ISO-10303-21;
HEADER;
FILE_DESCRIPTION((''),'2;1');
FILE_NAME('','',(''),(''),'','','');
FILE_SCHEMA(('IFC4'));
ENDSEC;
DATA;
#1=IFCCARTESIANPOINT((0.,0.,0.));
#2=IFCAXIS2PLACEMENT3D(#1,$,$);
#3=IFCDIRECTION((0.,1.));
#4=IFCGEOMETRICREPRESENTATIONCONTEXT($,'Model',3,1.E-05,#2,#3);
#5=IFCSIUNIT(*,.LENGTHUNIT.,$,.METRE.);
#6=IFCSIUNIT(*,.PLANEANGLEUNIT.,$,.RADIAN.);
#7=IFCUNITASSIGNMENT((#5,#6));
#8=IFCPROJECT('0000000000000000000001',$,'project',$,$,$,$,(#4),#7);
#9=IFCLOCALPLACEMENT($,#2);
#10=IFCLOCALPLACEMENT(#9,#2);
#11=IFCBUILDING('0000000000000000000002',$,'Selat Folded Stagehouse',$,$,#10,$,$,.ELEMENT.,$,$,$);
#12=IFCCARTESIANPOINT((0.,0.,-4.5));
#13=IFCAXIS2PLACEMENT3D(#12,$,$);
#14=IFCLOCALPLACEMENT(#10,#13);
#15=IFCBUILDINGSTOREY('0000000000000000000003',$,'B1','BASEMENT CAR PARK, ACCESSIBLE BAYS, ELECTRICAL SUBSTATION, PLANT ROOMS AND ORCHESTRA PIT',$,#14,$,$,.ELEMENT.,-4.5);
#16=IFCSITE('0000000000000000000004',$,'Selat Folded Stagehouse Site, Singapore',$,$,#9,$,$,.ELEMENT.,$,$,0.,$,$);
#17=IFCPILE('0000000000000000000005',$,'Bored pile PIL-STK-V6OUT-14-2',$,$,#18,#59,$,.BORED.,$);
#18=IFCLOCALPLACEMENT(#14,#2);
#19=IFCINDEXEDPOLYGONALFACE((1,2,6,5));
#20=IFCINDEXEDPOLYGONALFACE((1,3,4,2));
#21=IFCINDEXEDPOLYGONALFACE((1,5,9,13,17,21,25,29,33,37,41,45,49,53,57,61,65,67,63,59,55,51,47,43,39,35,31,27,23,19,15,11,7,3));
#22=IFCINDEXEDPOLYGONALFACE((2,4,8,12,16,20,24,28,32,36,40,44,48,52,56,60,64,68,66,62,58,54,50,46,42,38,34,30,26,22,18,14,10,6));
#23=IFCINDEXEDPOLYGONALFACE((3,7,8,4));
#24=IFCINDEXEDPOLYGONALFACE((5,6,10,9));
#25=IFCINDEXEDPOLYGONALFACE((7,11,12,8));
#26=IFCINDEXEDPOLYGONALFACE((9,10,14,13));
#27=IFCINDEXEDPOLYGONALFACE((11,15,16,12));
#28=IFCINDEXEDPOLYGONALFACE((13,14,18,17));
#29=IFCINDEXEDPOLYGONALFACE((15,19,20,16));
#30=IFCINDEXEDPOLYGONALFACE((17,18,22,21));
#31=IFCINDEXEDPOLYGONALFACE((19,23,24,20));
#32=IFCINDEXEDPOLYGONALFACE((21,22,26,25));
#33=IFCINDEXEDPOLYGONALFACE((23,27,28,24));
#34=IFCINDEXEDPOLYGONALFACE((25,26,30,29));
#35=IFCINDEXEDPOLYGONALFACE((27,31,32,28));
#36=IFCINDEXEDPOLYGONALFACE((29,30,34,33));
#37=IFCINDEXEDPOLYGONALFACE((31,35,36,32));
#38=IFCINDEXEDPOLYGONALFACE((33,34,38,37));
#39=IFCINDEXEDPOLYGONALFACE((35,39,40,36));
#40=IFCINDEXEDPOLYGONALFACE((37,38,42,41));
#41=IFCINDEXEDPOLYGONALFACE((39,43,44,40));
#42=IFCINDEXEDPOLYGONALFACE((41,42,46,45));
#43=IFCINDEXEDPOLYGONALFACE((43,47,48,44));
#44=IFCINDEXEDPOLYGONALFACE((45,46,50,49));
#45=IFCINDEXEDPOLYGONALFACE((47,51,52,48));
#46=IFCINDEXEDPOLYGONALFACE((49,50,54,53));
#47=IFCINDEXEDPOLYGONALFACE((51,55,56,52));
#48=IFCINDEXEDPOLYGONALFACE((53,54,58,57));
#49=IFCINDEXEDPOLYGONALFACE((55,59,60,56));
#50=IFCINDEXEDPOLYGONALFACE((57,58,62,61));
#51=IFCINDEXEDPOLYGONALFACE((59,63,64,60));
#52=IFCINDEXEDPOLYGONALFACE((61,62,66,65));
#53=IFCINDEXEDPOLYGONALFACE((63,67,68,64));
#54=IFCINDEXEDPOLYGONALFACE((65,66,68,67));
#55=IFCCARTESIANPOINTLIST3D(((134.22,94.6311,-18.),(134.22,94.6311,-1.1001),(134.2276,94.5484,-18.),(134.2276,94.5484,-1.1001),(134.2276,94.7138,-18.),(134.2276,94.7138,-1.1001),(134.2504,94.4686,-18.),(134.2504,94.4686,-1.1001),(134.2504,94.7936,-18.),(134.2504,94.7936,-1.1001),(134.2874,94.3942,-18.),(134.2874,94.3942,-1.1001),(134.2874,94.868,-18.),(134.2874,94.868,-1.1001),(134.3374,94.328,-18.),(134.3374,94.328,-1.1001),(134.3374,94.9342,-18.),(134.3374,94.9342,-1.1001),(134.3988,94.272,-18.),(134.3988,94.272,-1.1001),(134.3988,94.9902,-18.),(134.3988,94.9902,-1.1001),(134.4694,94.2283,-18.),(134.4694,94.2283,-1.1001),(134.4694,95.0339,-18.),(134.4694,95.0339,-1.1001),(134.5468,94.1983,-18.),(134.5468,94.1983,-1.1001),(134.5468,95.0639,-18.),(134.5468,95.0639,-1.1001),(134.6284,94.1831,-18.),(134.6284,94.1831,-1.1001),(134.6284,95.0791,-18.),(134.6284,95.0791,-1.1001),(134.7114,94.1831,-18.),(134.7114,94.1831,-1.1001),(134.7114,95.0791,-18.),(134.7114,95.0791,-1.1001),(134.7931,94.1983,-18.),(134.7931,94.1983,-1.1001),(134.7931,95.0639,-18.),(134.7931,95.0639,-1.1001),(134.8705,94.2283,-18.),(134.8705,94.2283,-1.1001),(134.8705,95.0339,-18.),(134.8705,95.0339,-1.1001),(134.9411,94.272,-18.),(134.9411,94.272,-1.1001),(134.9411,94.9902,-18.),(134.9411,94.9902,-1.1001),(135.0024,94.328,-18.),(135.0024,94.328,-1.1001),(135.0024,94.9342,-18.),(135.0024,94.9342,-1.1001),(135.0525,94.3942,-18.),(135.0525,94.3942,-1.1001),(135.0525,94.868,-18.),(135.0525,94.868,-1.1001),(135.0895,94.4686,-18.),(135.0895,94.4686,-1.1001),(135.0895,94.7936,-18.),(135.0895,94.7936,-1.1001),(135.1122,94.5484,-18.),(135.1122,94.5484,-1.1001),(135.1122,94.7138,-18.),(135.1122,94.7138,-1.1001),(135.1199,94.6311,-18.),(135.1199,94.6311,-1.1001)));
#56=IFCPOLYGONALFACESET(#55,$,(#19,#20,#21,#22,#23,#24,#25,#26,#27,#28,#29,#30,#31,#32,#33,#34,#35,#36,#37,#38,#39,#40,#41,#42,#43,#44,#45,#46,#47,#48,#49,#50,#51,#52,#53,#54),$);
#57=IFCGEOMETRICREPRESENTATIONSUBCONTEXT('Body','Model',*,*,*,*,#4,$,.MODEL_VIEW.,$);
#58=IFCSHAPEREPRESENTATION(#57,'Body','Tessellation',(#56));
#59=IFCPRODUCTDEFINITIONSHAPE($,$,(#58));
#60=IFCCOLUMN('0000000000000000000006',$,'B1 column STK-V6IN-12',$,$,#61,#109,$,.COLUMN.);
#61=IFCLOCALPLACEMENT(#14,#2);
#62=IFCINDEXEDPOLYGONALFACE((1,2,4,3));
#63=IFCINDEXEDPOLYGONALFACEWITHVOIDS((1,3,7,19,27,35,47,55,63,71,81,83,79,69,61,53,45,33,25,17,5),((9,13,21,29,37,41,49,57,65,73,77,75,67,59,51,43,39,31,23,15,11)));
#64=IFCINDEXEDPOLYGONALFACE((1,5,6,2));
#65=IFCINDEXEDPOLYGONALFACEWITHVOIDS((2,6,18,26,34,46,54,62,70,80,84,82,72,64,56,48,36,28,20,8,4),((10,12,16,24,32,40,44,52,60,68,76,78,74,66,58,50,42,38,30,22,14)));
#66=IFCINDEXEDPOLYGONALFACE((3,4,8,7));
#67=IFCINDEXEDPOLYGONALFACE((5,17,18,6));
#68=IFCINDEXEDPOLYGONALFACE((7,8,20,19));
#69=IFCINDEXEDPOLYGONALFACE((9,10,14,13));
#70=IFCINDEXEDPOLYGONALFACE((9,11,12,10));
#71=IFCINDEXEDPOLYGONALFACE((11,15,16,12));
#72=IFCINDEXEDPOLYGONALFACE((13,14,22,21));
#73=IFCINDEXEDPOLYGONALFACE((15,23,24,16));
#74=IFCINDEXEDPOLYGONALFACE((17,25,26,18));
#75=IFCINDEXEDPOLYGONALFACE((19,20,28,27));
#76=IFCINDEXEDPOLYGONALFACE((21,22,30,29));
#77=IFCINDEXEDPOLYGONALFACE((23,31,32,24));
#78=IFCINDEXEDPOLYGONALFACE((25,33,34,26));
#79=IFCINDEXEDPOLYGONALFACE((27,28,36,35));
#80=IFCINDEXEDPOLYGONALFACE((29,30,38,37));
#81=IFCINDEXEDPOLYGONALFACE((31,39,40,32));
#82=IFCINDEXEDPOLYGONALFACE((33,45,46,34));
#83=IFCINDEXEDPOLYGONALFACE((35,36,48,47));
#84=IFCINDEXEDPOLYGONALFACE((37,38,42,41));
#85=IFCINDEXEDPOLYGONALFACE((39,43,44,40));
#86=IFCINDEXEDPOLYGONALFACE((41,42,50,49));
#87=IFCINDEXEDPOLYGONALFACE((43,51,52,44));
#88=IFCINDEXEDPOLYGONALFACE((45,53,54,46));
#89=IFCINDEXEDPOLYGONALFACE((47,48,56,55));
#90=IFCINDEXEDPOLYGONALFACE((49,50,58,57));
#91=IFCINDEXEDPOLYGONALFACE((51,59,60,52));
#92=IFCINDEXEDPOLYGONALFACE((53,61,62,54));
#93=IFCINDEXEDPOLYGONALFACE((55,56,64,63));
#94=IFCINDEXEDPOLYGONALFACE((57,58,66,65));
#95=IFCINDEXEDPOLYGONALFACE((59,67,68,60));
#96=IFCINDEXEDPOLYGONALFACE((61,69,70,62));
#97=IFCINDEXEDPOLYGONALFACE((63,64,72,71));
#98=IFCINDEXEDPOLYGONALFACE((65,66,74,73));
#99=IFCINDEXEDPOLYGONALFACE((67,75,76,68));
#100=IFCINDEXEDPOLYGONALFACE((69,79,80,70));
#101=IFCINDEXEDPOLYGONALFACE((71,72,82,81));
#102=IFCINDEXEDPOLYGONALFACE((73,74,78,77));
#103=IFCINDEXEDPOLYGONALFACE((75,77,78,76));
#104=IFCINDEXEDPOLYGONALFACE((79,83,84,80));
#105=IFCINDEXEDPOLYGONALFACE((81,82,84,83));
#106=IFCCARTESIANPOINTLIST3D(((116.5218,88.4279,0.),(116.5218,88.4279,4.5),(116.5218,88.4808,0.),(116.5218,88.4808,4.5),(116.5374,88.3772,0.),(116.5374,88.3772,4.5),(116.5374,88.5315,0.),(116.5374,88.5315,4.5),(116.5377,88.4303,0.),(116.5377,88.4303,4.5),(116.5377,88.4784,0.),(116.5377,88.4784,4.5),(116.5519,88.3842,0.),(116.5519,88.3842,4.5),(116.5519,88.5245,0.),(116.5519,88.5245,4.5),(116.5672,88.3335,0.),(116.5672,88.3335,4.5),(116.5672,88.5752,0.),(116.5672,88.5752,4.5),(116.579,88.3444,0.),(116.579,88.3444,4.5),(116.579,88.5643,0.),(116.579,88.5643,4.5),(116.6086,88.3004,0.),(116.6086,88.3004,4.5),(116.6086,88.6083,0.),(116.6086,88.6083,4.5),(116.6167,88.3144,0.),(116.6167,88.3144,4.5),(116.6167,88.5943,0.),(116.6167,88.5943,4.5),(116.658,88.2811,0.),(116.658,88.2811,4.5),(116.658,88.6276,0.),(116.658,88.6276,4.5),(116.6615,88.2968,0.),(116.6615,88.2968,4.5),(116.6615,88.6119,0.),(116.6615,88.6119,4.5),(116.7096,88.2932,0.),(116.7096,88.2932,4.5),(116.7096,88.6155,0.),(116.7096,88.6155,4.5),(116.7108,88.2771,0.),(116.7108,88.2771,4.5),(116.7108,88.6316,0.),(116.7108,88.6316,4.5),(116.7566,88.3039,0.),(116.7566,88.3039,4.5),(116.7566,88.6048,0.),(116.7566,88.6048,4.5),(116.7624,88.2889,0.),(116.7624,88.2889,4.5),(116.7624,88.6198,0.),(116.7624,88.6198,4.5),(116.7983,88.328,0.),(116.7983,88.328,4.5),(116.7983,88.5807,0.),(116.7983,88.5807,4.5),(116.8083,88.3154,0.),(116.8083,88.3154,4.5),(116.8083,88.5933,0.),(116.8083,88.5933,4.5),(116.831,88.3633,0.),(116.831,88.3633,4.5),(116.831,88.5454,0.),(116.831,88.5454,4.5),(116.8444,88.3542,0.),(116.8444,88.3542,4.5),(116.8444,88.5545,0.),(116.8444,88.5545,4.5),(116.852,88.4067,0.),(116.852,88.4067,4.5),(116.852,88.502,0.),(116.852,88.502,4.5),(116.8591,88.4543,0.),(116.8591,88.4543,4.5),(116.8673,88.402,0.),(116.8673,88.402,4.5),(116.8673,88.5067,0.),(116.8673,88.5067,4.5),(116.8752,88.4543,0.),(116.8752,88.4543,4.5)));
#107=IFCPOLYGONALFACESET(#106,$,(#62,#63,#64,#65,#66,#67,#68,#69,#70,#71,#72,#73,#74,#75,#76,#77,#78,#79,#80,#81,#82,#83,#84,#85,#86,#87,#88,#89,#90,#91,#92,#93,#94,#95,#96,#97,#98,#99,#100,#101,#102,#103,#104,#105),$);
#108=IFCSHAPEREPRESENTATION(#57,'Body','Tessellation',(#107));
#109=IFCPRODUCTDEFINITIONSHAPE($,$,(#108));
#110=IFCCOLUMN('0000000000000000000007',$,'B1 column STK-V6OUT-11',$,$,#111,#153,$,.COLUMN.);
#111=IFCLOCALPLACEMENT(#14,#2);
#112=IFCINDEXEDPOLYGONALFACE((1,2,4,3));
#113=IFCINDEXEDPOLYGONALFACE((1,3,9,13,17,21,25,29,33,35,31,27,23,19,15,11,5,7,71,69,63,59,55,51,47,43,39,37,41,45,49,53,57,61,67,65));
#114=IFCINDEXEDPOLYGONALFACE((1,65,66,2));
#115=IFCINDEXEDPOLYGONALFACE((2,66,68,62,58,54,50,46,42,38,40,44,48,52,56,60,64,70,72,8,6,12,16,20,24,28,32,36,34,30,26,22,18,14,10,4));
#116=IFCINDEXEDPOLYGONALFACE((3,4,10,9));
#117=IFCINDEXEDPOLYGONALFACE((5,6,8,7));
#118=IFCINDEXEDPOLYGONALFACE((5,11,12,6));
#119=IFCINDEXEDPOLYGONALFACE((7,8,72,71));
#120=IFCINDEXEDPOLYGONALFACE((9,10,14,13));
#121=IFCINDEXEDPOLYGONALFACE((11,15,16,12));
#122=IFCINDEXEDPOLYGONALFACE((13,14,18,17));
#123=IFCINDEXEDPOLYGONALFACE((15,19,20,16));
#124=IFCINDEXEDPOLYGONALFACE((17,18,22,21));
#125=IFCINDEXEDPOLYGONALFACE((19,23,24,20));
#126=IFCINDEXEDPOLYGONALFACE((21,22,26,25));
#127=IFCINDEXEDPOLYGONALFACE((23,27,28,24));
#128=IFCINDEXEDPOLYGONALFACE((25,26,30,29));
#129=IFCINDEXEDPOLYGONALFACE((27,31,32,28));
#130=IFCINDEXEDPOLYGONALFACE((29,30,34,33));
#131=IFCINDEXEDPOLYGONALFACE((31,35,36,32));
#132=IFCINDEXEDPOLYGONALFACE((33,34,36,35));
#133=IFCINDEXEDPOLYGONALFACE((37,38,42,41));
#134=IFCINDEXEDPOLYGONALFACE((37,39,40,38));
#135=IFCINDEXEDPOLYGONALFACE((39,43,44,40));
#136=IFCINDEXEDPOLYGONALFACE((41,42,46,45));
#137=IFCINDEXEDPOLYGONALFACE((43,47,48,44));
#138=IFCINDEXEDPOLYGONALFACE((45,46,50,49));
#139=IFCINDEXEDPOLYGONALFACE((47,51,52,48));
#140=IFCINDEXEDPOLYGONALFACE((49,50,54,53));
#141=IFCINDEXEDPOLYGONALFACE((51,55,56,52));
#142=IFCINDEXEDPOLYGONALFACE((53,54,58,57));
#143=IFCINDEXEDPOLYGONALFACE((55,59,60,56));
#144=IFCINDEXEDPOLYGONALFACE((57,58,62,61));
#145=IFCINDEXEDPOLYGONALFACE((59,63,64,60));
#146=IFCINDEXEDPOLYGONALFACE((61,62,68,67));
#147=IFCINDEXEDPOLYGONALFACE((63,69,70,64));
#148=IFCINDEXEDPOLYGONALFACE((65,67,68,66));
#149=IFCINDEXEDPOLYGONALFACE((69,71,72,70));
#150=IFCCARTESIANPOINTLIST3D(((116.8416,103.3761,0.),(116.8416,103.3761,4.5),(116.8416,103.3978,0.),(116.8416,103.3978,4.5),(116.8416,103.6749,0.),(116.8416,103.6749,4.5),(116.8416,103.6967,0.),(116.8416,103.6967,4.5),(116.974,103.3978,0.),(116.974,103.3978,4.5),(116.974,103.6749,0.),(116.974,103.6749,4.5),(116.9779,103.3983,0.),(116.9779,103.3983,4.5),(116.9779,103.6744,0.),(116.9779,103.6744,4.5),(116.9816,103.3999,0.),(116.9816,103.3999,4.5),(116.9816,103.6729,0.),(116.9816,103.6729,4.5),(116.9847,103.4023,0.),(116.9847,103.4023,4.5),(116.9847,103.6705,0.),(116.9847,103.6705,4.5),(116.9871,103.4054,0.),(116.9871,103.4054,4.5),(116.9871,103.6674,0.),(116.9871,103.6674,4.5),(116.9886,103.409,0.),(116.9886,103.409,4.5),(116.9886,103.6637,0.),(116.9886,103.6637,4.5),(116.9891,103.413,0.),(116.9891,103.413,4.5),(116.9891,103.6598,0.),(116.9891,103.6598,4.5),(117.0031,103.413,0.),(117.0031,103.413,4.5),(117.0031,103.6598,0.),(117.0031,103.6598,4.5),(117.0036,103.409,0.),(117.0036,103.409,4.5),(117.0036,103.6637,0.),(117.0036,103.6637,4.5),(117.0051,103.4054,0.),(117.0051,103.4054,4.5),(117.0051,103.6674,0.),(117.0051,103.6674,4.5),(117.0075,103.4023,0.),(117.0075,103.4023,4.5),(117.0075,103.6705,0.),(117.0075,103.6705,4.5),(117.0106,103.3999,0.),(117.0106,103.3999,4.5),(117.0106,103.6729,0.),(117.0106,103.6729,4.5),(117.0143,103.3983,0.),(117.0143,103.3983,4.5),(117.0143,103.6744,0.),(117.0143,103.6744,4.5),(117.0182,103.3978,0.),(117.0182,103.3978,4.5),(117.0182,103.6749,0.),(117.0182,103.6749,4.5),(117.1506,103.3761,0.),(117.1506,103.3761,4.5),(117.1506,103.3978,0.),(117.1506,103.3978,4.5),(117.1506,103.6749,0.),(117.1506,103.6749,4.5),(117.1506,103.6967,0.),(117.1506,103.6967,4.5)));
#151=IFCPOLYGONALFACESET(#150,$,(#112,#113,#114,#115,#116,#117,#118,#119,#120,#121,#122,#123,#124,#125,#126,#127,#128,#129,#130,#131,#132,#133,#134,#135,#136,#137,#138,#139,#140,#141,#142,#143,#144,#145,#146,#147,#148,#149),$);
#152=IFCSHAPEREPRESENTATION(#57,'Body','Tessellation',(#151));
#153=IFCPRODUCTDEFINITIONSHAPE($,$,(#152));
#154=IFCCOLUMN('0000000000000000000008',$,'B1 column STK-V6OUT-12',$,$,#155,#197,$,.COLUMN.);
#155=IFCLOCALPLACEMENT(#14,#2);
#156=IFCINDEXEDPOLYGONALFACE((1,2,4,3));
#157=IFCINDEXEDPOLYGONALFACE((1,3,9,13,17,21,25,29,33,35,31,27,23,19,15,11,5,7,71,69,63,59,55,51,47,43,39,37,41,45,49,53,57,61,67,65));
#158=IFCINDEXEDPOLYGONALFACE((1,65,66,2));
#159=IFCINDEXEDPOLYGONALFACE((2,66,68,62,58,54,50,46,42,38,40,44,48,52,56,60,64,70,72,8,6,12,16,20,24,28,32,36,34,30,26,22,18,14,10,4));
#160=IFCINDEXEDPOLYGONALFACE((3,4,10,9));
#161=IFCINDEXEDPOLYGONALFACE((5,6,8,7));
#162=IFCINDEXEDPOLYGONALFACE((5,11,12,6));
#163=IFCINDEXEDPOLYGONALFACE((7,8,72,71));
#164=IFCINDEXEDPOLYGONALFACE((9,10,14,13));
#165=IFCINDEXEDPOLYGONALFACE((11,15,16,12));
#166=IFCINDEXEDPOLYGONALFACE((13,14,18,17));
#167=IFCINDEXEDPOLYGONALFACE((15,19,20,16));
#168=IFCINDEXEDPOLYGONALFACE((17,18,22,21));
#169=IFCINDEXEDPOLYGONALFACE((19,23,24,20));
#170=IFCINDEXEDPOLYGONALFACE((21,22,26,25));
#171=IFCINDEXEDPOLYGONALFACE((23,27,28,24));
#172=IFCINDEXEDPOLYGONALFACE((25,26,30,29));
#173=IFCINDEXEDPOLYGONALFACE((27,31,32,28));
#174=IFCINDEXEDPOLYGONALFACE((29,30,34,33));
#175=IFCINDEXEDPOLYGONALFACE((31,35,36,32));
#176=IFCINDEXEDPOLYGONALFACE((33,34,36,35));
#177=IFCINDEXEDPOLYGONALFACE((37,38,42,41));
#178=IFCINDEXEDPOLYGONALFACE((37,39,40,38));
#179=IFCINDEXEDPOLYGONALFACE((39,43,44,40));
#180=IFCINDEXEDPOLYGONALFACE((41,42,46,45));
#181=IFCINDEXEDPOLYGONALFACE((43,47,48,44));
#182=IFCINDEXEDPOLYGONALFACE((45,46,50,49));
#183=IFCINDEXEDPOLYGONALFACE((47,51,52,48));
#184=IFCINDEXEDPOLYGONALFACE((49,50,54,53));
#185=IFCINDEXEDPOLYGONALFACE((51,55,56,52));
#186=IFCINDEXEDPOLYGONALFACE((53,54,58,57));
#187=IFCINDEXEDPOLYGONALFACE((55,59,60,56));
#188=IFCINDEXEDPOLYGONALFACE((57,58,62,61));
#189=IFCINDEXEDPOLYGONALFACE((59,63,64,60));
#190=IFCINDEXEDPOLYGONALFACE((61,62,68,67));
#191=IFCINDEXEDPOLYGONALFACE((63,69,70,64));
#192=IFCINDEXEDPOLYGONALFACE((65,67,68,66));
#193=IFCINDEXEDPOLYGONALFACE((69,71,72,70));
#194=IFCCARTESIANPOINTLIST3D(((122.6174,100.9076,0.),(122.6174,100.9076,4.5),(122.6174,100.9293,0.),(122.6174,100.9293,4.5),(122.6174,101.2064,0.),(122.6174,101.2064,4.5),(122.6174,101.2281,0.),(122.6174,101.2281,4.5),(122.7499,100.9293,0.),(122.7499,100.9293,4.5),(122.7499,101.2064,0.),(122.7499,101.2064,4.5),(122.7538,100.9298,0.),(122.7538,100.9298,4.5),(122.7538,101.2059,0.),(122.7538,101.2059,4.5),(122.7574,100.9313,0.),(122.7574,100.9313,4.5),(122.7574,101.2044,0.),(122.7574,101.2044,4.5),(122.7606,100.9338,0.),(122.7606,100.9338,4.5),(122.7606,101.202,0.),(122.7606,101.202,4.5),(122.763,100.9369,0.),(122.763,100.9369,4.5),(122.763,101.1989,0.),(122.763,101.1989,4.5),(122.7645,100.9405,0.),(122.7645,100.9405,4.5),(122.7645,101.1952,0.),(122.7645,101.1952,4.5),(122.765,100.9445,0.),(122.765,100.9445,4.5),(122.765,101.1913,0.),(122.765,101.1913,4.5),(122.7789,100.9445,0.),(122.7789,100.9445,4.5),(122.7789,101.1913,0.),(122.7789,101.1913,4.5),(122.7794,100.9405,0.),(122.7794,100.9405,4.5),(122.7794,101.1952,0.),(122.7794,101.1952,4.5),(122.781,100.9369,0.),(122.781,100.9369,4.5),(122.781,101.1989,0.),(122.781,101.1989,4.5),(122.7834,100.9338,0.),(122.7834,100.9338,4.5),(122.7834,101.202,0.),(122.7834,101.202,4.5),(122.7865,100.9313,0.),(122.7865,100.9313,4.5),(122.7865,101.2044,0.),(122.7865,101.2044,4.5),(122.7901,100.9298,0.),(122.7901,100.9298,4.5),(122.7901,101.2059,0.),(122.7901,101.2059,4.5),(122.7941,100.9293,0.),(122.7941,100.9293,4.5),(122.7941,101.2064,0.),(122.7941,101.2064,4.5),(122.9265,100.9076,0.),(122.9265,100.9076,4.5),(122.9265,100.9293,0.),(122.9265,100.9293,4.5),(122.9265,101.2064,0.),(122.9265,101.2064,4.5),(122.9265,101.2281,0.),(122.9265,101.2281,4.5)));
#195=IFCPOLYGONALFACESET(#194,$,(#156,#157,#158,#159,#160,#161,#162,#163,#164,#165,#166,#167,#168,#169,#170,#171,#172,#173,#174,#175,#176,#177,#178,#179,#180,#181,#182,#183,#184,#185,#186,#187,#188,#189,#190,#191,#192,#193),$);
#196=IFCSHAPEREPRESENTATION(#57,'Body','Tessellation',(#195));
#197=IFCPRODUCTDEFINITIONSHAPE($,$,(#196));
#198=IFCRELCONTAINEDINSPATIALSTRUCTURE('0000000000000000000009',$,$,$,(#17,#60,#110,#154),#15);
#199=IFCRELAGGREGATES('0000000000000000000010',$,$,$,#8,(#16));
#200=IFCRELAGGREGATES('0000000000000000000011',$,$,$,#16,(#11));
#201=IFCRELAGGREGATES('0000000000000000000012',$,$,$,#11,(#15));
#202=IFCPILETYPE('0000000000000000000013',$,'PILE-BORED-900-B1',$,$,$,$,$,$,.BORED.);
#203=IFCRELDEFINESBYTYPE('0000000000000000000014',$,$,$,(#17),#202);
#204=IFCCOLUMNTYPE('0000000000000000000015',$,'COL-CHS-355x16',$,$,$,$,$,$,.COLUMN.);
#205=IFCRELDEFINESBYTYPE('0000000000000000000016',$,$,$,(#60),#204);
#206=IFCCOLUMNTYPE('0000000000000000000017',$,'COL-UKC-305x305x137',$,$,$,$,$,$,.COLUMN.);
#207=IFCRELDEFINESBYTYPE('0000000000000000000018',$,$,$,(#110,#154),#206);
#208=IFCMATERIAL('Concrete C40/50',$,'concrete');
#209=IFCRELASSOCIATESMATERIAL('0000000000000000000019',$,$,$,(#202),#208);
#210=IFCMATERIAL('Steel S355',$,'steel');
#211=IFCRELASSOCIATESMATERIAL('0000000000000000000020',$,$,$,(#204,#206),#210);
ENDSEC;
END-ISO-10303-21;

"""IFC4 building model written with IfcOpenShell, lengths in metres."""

from ifc_helpers import new_model, si_unit, direction, frame, origin, origin_2d, place, context, subcontext, project, spatial, circle, hollow_circle, i_section, extrude, material, material_profile, profile_set, type_object, element, save


model = new_model("IFC4")

# Units and contexts
model_context = context("Model", 3, precision=1e-05, world=origin(), true_north=direction((0.0, 1.0)))
body_context = subcontext(model_context, "Body", "Model", "MODEL_VIEW")
ifc_project = project(units=[si_unit("LENGTHUNIT", "METRE"), si_unit("PLANEANGLEUNIT", "RADIAN")], contexts=[model_context])

# Site, building, storey
site_placement = place(None, origin())
site = spatial("IfcSite", under=ifc_project, at=site_placement, Name="Selat Folded Stagehouse Site, Singapore", CompositionType="ELEMENT", RefElevation=0.0)
building_placement = place(site_placement, origin())
building = spatial("IfcBuilding", under=site, at=building_placement, Name="Selat Folded Stagehouse", CompositionType="ELEMENT")
storey_placement = place(building_placement, frame((0.0, 0.0, -4.5)))
storey = spatial("IfcBuildingStorey", under=building, at=storey_placement, Name="B1", Description="BASEMENT CAR PARK, ACCESSIBLE BAYS, ELECTRICAL SUBSTATION, PLANT ROOMS AND ORCHESTRA PIT", CompositionType="ELEMENT", Elevation=-4.5)

# Shared definitions
ifc_material_1 = material(Name="Concrete C40/50", Category="concrete")

# Pile
ifc_material_profile_1 = material_profile(ifc_material_1, circle(Radius=0.45, at=origin_2d()), Name="PILE D900")
ifc_profile_set_1 = profile_set([ifc_material_profile_1], Name="Concrete C40/50")
pile_type = type_object("IfcPileType", Name="PILE-BORED-900-B1", PredefinedType="BORED", material=ifc_profile_set_1)
for number, where, z_axis, x_axis, name in (
    (1, (134.6699, 94.6311, -1.1001), (0.0, 0.0, -1.0), (1.0, 0.0, 0.0), "Bored pile PIL-STK-V6OUT-14-2"),
):
    element("IfcPile", number, at=place(storey_placement, frame(where, z_axis=z_axis, x_axis=x_axis)), inside=storey, type_object=pile_type, Name=name, PredefinedType="BORED", context=body_context, shape_type="SweptSolid", body=[
        extrude(circle(Radius=0.45, at=origin_2d()), origin(), (0.0, 0.0, 1.0), 16.8999),
    ])

# Columns
ifc_material_2 = material(Name="Steel S355", Category="steel")
ifc_material_profile_2 = material_profile(ifc_material_2, hollow_circle(Radius=0.1777, WallThickness=0.0161, at=origin_2d()), Name="CHS 355.6x16.0")
ifc_profile_set_2 = profile_set([ifc_material_profile_2], Name="Steel S355")
column_type_1 = type_object("IfcColumnType", Name="COL-CHS-355x16", PredefinedType="COLUMN", material=ifc_profile_set_2)
column_placement = place(storey_placement, frame((116.6975, 88.4543, 0.0), z_axis=(0.0, 0.0, 1.0), x_axis=(1.0, 0.0, 0.0)))
element("IfcColumn", 2, at=column_placement, inside=storey, type_object=column_type_1, Name="B1 column STK-V6IN-12", PredefinedType="COLUMN", context=body_context, shape_type="SweptSolid", body=[
    extrude(hollow_circle(Radius=0.1777, WallThickness=0.0161, at=origin_2d()), origin(), (0.0, 0.0, 1.0), 4.5),
])
ifc_material_profile_3 = material_profile(ifc_material_2, i_section(OverallWidth=0.3091, OverallDepth=0.3206, WebThickness=0.0139, FlangeThickness=0.0217, FilletRadius=0.0151, at=origin_2d()), Name="UKC 305x305x137")
ifc_profile_set_3 = profile_set([ifc_material_profile_3], Name="Steel S355")
column_type_2 = type_object("IfcColumnType", Name="COL-UKC-305x305x137", PredefinedType="COLUMN", material=ifc_profile_set_3)
for number, where, z_axis, x_axis, name in (
    (3, (116.9961, 103.5364, 0.0), (0.0, 0.0, 1.0), (1.0, 0.0, 0.0), "B1 column STK-V6OUT-11"),
    (4, (122.772, 101.0679, 0.0), (0.0, 0.0, 1.0), (1.0, 0.0, 0.0), "B1 column STK-V6OUT-12"),
):
    element("IfcColumn", number, at=place(storey_placement, frame(where, z_axis=z_axis, x_axis=x_axis)), inside=storey, type_object=column_type_2, Name=name, PredefinedType="COLUMN", context=body_context, shape_type="SweptSolid", body=[
        extrude(i_section(OverallWidth=0.3091, OverallDepth=0.3206, WebThickness=0.0139, FlangeThickness=0.0217, FilletRadius=0.0151, at=origin_2d()), origin(), (0.0, 0.0, 1.0), 4.5),
    ])

save(model, "model.ifc")
